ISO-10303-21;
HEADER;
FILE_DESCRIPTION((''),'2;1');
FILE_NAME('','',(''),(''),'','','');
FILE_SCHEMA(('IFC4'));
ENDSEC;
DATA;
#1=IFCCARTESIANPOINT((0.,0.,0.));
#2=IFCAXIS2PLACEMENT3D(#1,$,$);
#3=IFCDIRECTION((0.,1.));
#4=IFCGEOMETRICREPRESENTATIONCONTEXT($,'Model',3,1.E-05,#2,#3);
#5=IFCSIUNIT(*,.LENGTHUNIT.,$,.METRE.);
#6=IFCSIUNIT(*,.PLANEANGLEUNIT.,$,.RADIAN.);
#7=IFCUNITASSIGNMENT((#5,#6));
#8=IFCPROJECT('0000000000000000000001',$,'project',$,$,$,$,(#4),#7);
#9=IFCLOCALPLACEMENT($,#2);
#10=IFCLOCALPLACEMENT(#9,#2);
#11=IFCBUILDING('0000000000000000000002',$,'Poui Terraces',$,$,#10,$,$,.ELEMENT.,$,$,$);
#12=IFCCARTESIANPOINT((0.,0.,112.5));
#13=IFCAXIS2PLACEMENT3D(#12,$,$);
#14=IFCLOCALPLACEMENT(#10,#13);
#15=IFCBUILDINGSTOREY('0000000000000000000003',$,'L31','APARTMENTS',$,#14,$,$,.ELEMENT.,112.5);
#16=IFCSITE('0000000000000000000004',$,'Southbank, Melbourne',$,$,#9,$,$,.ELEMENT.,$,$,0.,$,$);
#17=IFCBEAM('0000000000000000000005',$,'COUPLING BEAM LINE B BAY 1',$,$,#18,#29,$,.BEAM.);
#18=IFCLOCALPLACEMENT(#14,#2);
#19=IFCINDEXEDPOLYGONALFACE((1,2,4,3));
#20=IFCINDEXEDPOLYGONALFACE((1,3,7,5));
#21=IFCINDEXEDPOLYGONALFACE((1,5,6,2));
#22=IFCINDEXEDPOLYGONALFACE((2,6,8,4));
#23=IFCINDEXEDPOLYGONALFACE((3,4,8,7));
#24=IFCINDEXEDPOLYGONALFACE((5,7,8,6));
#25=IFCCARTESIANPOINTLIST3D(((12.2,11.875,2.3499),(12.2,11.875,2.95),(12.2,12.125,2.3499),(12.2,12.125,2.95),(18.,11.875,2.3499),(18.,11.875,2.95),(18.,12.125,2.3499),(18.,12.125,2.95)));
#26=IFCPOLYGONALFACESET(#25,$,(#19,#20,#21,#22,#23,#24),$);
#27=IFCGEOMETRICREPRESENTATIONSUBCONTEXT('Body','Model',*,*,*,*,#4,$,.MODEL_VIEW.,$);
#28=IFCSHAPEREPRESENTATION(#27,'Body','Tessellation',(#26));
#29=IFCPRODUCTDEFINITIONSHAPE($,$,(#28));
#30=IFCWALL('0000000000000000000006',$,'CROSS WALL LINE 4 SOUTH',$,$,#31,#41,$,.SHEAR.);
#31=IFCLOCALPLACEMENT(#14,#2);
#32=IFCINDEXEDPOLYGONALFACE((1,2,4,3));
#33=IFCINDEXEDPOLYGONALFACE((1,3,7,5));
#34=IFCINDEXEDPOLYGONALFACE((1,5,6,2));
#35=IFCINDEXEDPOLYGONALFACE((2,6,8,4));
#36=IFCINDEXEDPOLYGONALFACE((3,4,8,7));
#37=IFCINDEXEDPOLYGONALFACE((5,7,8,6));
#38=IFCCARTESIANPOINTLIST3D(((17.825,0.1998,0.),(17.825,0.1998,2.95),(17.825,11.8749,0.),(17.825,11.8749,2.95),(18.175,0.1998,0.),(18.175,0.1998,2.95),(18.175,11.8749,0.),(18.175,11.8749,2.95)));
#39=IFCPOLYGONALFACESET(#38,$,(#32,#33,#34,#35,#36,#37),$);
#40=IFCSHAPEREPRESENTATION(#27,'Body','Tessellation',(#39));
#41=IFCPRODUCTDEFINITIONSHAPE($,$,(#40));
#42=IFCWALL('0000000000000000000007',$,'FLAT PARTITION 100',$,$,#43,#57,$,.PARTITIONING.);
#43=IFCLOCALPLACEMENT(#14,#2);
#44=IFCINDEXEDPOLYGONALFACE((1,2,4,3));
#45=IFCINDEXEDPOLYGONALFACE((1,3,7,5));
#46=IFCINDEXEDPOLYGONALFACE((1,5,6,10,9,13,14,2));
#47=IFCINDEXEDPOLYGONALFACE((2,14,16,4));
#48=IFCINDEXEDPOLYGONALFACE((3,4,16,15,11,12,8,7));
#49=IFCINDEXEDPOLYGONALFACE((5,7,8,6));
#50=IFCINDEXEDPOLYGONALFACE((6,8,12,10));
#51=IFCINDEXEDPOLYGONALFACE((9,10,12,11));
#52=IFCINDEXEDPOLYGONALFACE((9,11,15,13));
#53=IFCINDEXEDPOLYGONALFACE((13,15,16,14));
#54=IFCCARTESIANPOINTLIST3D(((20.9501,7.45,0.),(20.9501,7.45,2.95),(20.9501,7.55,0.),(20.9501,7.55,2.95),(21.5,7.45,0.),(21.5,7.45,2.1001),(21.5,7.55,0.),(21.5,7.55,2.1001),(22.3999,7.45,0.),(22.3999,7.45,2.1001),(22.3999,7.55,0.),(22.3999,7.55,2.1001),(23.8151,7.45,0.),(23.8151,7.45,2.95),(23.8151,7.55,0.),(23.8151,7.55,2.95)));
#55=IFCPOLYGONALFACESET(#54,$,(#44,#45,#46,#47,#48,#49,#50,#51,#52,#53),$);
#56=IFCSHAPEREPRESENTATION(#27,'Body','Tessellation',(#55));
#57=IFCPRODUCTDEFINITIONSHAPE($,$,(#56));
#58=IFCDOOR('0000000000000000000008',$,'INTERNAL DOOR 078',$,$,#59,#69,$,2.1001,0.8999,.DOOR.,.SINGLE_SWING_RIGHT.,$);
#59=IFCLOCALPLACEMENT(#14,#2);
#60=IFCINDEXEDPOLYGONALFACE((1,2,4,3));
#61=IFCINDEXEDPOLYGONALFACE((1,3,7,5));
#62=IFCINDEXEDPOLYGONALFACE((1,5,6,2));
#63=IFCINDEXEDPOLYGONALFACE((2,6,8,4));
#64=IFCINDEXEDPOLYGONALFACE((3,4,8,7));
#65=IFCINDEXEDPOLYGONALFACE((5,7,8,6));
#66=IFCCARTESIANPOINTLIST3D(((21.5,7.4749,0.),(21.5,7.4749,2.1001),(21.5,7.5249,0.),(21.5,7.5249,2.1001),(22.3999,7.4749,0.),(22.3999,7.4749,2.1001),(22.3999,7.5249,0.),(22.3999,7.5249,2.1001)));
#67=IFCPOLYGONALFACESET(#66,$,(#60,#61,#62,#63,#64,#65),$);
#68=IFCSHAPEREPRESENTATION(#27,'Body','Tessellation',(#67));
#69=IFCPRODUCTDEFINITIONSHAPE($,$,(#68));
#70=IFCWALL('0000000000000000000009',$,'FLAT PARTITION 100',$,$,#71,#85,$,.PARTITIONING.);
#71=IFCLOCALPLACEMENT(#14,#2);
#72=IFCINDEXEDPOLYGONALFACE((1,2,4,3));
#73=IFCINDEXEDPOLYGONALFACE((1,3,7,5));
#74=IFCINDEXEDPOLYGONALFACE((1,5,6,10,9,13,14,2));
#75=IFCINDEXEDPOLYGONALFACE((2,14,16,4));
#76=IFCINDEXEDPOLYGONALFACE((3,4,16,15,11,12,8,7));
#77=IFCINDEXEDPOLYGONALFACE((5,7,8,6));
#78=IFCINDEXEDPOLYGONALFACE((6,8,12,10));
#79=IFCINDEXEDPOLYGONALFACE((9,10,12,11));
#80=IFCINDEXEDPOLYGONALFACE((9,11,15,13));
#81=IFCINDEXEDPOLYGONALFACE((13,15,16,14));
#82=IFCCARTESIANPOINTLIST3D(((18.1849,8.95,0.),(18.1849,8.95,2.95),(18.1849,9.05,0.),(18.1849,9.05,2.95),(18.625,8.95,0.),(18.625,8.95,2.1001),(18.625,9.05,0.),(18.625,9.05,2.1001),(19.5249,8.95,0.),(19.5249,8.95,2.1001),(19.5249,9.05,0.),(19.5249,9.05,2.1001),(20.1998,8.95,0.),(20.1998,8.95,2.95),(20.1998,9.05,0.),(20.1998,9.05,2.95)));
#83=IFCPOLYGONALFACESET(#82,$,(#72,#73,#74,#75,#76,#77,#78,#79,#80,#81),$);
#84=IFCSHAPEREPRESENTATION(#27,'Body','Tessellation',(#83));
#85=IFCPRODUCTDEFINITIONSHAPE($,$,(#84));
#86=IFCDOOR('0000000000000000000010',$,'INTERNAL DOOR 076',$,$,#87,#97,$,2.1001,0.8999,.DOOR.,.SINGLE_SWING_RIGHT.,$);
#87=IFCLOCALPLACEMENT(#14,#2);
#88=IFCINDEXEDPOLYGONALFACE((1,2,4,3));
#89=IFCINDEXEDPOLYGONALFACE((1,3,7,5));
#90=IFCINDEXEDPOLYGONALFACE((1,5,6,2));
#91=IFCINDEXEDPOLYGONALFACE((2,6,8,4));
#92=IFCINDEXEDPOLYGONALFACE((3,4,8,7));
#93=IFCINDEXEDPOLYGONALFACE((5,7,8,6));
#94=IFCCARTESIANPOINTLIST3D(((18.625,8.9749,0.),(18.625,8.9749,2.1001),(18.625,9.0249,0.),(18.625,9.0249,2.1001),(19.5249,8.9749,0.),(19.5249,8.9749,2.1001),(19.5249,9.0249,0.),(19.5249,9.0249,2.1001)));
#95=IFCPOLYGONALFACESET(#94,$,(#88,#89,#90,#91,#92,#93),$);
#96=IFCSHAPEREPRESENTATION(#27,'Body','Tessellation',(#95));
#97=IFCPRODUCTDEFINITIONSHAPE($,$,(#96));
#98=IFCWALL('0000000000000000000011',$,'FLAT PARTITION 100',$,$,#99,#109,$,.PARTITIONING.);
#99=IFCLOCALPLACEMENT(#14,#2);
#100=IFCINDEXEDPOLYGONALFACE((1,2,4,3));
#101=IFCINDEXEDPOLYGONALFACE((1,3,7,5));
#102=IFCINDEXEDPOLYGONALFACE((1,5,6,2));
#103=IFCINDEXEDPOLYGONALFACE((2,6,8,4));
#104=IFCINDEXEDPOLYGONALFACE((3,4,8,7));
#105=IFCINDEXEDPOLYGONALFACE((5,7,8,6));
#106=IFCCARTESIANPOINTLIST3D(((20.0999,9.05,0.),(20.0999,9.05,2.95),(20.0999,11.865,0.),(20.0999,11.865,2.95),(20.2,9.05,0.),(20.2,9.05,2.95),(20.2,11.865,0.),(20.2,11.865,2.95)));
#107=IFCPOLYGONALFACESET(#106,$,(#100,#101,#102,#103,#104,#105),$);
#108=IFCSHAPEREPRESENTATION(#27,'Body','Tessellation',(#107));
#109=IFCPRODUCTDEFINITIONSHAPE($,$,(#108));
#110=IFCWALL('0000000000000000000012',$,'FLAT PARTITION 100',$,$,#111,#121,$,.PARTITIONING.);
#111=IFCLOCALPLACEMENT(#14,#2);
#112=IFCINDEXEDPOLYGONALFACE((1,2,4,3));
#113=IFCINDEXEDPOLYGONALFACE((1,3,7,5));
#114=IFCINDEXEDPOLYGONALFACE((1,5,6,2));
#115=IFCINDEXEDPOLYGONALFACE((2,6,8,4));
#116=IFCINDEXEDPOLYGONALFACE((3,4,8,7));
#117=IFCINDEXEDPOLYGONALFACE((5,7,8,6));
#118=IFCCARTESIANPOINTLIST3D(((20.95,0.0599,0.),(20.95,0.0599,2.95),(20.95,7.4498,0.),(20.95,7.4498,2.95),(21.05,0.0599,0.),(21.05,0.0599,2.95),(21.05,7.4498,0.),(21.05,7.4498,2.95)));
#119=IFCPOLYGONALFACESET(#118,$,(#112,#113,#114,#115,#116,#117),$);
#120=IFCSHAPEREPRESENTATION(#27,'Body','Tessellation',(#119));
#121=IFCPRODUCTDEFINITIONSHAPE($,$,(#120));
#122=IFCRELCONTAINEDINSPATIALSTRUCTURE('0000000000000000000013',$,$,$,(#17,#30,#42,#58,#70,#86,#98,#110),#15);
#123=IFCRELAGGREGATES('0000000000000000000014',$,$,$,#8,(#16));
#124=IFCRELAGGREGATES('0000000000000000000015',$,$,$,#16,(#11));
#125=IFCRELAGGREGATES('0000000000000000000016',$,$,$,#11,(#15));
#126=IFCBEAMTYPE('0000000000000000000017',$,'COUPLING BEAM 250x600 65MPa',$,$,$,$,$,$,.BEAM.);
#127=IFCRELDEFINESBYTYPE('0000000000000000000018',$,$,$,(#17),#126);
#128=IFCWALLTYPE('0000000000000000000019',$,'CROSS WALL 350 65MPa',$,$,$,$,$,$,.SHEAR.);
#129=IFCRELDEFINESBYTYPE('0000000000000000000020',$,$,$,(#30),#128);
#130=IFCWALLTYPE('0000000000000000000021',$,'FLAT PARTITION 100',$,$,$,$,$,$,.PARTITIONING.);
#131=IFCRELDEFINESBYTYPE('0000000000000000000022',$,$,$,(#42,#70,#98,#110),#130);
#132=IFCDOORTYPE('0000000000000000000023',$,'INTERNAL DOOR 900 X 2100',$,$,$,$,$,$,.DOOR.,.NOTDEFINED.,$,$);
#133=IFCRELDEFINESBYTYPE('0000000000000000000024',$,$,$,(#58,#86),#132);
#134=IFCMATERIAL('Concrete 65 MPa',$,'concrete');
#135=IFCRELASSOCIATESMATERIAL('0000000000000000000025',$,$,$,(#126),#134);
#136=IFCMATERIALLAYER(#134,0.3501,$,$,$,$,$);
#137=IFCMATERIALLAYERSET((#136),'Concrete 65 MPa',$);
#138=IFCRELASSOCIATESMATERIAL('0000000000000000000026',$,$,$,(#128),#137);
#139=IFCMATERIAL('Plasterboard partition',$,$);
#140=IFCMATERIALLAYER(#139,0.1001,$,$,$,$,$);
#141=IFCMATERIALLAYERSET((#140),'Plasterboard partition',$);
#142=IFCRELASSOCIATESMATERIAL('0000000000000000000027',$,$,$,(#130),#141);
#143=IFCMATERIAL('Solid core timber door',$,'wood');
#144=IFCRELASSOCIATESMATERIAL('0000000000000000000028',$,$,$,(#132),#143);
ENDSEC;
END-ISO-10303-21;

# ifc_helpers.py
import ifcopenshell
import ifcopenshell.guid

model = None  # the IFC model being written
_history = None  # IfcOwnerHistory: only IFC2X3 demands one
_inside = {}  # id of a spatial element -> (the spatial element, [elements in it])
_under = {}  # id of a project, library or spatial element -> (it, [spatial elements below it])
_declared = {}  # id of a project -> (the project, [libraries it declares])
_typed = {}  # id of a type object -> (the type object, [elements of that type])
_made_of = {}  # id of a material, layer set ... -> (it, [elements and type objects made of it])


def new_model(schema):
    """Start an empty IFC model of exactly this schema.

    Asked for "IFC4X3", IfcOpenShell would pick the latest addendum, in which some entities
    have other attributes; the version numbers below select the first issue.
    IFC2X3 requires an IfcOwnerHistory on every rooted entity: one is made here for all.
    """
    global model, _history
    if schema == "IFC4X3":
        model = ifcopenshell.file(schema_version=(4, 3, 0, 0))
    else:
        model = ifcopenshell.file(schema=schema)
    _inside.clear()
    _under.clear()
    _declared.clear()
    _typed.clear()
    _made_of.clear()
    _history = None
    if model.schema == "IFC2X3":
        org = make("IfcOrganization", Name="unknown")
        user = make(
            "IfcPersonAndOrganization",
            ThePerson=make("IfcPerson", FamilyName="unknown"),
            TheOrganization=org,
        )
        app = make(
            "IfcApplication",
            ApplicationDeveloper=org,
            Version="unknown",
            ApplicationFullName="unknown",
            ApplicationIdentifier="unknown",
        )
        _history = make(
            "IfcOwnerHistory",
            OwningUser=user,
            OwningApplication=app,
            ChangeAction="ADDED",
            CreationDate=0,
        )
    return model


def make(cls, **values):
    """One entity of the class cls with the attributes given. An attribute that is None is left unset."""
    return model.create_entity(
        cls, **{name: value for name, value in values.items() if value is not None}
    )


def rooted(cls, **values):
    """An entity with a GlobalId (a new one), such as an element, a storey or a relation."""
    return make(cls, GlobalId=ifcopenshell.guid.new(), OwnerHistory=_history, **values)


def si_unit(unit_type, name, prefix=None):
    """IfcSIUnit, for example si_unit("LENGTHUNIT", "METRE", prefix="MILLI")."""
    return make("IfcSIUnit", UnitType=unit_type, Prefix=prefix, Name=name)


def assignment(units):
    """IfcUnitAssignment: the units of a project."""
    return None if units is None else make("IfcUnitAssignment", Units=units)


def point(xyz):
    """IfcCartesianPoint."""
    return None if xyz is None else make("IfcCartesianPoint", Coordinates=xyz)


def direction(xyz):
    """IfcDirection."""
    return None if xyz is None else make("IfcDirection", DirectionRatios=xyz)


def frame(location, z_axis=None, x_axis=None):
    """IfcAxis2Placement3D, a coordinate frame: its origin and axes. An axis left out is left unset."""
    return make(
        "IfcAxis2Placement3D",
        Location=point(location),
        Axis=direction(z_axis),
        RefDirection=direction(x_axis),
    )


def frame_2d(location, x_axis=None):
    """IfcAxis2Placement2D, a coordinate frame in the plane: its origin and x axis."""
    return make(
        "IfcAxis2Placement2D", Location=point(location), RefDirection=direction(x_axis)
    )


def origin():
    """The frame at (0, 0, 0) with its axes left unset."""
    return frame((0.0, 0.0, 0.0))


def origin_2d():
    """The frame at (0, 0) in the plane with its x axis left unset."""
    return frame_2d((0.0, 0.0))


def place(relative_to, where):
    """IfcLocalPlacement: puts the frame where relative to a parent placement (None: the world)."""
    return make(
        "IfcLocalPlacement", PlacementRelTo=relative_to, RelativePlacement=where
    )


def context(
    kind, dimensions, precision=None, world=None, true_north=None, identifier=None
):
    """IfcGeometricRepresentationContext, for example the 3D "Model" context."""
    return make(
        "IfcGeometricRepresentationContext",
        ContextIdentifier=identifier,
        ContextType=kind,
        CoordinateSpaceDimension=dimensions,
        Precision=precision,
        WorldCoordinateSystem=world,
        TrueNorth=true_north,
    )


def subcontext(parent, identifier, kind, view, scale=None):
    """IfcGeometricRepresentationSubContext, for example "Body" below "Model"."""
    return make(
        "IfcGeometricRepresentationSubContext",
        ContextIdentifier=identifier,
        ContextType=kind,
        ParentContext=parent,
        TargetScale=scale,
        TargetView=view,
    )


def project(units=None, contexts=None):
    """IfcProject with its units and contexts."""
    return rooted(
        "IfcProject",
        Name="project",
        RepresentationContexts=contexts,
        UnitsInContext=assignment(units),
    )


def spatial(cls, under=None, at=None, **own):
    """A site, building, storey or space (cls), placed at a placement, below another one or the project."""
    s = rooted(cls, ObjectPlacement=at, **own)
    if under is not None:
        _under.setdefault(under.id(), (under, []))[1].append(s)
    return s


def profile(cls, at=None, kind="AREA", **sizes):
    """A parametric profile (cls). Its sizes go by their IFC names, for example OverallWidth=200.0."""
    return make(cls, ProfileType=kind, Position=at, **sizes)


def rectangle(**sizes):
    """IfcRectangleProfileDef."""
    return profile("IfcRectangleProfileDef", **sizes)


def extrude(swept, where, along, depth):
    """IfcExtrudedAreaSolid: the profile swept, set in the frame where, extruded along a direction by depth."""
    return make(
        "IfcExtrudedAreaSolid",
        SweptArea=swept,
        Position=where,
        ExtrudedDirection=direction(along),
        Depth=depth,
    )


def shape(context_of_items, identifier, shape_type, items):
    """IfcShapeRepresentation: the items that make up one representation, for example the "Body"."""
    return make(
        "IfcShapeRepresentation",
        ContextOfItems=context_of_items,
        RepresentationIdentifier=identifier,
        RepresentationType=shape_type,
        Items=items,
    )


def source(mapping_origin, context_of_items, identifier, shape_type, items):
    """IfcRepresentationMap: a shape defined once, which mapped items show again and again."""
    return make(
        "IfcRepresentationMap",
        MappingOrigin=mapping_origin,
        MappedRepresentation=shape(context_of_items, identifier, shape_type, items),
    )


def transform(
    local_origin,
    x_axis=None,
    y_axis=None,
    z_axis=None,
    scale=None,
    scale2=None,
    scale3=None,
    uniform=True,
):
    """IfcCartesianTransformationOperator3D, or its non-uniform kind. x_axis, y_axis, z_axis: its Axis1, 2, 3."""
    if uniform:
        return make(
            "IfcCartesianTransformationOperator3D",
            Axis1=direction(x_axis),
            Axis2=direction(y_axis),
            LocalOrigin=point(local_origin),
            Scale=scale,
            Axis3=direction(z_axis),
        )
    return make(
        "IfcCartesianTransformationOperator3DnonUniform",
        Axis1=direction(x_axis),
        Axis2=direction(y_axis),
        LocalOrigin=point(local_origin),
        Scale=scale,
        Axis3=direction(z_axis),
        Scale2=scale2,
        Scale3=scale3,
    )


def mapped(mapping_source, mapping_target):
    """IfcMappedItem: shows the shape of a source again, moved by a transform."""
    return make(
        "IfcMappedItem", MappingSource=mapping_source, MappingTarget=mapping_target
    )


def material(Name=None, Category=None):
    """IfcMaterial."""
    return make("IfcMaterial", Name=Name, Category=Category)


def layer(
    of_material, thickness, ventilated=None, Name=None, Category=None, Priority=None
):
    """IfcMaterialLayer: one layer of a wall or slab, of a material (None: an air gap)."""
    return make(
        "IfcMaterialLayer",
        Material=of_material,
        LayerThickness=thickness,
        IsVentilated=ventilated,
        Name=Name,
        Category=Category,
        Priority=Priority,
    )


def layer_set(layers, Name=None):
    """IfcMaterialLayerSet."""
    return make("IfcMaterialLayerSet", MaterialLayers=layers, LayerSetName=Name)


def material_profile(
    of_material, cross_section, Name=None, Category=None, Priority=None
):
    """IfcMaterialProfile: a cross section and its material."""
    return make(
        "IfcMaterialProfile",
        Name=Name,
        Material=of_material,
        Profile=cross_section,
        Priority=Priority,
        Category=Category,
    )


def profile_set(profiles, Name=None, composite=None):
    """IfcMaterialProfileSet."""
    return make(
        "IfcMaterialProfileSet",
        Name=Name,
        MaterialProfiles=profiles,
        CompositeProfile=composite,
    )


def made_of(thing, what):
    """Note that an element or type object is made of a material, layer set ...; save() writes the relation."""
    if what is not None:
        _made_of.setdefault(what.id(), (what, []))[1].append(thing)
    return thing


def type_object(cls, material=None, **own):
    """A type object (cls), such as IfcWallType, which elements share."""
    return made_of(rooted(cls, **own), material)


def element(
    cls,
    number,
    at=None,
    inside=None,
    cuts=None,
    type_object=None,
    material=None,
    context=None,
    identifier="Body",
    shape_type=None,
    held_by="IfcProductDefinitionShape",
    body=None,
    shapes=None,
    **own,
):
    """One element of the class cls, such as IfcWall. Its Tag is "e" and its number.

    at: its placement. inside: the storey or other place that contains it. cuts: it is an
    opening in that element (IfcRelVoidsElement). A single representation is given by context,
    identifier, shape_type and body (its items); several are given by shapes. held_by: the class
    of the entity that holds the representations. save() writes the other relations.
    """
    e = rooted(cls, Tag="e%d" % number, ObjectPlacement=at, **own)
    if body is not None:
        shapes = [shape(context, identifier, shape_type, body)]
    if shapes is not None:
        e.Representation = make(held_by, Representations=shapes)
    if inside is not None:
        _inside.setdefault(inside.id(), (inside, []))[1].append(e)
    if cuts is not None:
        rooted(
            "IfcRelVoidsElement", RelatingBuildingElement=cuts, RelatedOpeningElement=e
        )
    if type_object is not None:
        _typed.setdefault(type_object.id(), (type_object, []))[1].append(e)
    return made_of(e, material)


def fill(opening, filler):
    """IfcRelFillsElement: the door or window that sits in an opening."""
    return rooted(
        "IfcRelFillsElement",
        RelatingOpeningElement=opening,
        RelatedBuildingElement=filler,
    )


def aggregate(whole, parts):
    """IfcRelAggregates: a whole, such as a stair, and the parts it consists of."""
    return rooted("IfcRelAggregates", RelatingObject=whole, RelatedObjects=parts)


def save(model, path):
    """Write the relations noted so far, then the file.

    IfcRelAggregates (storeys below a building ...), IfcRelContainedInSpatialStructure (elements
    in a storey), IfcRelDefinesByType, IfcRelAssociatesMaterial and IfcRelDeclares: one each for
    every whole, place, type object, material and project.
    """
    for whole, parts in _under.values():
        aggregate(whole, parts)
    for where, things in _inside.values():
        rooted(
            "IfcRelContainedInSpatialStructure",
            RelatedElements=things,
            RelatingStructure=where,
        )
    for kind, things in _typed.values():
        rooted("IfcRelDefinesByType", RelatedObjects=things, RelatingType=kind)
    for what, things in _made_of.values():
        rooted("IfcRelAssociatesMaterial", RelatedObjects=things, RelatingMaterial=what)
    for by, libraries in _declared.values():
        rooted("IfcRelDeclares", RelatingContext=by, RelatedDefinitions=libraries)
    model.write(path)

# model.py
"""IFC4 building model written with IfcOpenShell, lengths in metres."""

from ifc_helpers import new_model, si_unit, direction, frame, frame_2d, origin, origin_2d, place, context, subcontext, project, spatial, rectangle, extrude, source, transform, mapped, material, layer, layer_set, material_profile, profile_set, type_object, element, fill, save


model = new_model("IFC4")

# Units and contexts
model_context = context("Model", 3, precision=1e-05, world=origin(), true_north=direction((0.0, 1.0)))
body_context = subcontext(model_context, "Body", "Model", "MODEL_VIEW")
ifc_project = project(units=[si_unit("LENGTHUNIT", "METRE"), si_unit("PLANEANGLEUNIT", "RADIAN")], contexts=[model_context])

# Site, building, storey
site_placement = place(None, origin())
site = spatial("IfcSite", under=ifc_project, at=site_placement, Name="Southbank, Melbourne", CompositionType="ELEMENT", RefElevation=0.0)
building_placement = place(site_placement, origin())
building = spatial("IfcBuilding", under=site, at=building_placement, Name="Poui Terraces", CompositionType="ELEMENT")
storey_placement = place(building_placement, frame((0.0, 0.0, 112.5)))
storey = spatial("IfcBuildingStorey", under=building, at=storey_placement, Name="L31", Description="APARTMENTS", CompositionType="ELEMENT", Elevation=112.5)

# Beam
ifc_material_1 = material(Name="Concrete 65 MPa", Category="concrete")
ifc_material_profile = material_profile(ifc_material_1, rectangle(XDim=0.25, YDim=0.6001, at=origin_2d()), Name="RC 250x600")
ifc_profile_set = profile_set([ifc_material_profile], Name="Concrete 65 MPa")
beam_type = type_object("IfcBeamType", Name="COUPLING BEAM 250x600 65MPa", PredefinedType="BEAM", material=ifc_profile_set)
shared_shape = source(origin(), body_context, "Body", "SweptSolid", [
    extrude(rectangle(XDim=0.25, YDim=0.6001, at=origin_2d()), origin(), (0.0, 0.0, 1.0), 5.8),
])
beam_placement = place(storey_placement, frame((12.2, 12.0, 2.6499), z_axis=(1.0, 0.0, 0.0), x_axis=(0.0, 1.0, 0.0)))
element("IfcBeam", 1, at=beam_placement, inside=storey, type_object=beam_type, Name="COUPLING BEAM LINE B BAY 1", PredefinedType="BEAM", context=body_context, shape_type="MappedRepresentation", body=[
    mapped(shared_shape, transform((0.0, 0.0, 0.0))),
])

# Wall
ifc_layer_1 = layer(ifc_material_1, 0.3501)
ifc_layer_set_1 = layer_set([ifc_layer_1], Name="Concrete 65 MPa")
wall_type_1 = type_object("IfcWallType", Name="CROSS WALL 350 65MPa", PredefinedType="SHEAR", material=ifc_layer_set_1)
wall_1_placement = place(storey_placement, frame((18.0, 0.2, 0.0), z_axis=(0.0, 0.0, 1.0), x_axis=(0.0, 1.0, 0.0)))
element("IfcWall", 2, at=wall_1_placement, inside=storey, type_object=wall_type_1, Name="CROSS WALL LINE 4 SOUTH", PredefinedType="SHEAR", context=body_context, shape_type="SweptSolid", body=[
    extrude(rectangle(XDim=11.675, YDim=0.3501, at=frame_2d((5.8374, 0.0))), origin(), (0.0, 0.0, 1.0), 2.95),
])

# Walls, openings, doors
ifc_material_2 = material(Name="Plasterboard partition")
ifc_layer_2 = layer(ifc_material_2, 0.1001)
ifc_layer_set_2 = layer_set([ifc_layer_2], Name="Plasterboard partition")
wall_type_2 = type_object("IfcWallType", Name="FLAT PARTITION 100", PredefinedType="PARTITIONING", material=ifc_layer_set_2)
wall_2_placement = place(storey_placement, frame((20.95, 7.5, 0.0), z_axis=(0.0, 0.0, 1.0), x_axis=(1.0, 0.0, 0.0)))
wall_2 = element("IfcWall", 3, at=wall_2_placement, inside=storey, type_object=wall_type_2, Name="FLAT PARTITION 100", PredefinedType="PARTITIONING", context=body_context, shape_type="SweptSolid", body=[
    extrude(rectangle(XDim=2.865, YDim=0.1001, at=frame_2d((1.4326, 0.0))), origin(), (0.0, 0.0, 1.0), 2.95),
])
opening_1_placement = place(wall_2_placement, frame((0.55, 0.0, 0.0)))
opening_1 = element("IfcOpeningElement", 4, at=opening_1_placement, cuts=wall_2, PredefinedType="OPENING", context=body_context, shape_type="SweptSolid", body=[
    extrude(rectangle(XDim=0.8999, YDim=2.1001, at=frame_2d((0.45, 1.05))), frame((0.0, 0.0601, 0.0), z_axis=(0.0, -1.0, 0.0), x_axis=(1.0, 0.0, 0.0)), (0.0, 0.0, 1.0), 0.1201),
])
ifc_material_3 = material(Name="Solid core timber door", Category="wood")
door_type = type_object("IfcDoorType", Name="INTERNAL DOOR 900 X 2100", OperationType="NOTDEFINED", PredefinedType="DOOR", material=ifc_material_3)
door_1_placement = place(opening_1_placement, origin())
door_1 = element("IfcDoor", 5, at=door_1_placement, inside=storey, type_object=door_type, Name="INTERNAL DOOR 078", OperationType="SINGLE_SWING_RIGHT", OverallHeight=2.1001, OverallWidth=0.8999, PredefinedType="DOOR", context=body_context, shape_type="SweptSolid", body=[
    extrude(rectangle(XDim=0.8999, YDim=2.1001, at=frame_2d((0.45, 1.05))), frame((0.0, 0.0249, 0.0), z_axis=(0.0, -1.0, 0.0), x_axis=(1.0, 0.0, 0.0)), (0.0, 0.0, 1.0), 0.05),
])
fill(opening_1, door_1)
wall_3_placement = place(storey_placement, frame((18.1851, 9.0, 0.0), z_axis=(0.0, 0.0, 1.0), x_axis=(1.0, 0.0, 0.0)))
wall_3 = element("IfcWall", 6, at=wall_3_placement, inside=storey, type_object=wall_type_2, Name="FLAT PARTITION 100", PredefinedType="PARTITIONING", context=body_context, shape_type="SweptSolid", body=[
    extrude(rectangle(XDim=2.0149, YDim=0.1001, at=frame_2d((1.0073, 0.0))), origin(), (0.0, 0.0, 1.0), 2.95),
])
opening_2_placement = place(wall_3_placement, frame((0.4399, 0.0, 0.0)))
opening_2 = element("IfcOpeningElement", 7, at=opening_2_placement, cuts=wall_3, PredefinedType="OPENING", context=body_context, shape_type="SweptSolid", body=[
    extrude(rectangle(XDim=0.8999, YDim=2.1001, at=frame_2d((0.45, 1.05))), frame((0.0, 0.0601, 0.0), z_axis=(0.0, -1.0, 0.0), x_axis=(1.0, 0.0, 0.0)), (0.0, 0.0, 1.0), 0.1201),
])
door_2_placement = place(opening_2_placement, origin())
door_2 = element("IfcDoor", 8, at=door_2_placement, inside=storey, type_object=door_type, Name="INTERNAL DOOR 076", OperationType="SINGLE_SWING_RIGHT", OverallHeight=2.1001, OverallWidth=0.8999, PredefinedType="DOOR", context=body_context, shape_type="SweptSolid", body=[
    extrude(rectangle(XDim=0.8999, YDim=2.1001, at=frame_2d((0.45, 1.05))), frame((0.0, 0.0249, 0.0), z_axis=(0.0, -1.0, 0.0), x_axis=(1.0, 0.0, 0.0)), (0.0, 0.0, 1.0), 0.05),
])
fill(opening_2, door_2)

# Walls
wall_4_placement = place(storey_placement, frame((20.1499, 9.05, 0.0), z_axis=(0.0, 0.0, 1.0), x_axis=(0.0, 1.0, 0.0)))
element("IfcWall", 9, at=wall_4_placement, inside=storey, type_object=wall_type_2, Name="FLAT PARTITION 100", PredefinedType="PARTITIONING", context=body_context, shape_type="SweptSolid", body=[
    extrude(rectangle(XDim=2.8149, YDim=0.1001, at=frame_2d((1.4075, 0.0))), origin(), (0.0, 0.0, 1.0), 2.95),
])
wall_5_placement = place(storey_placement, frame((21.0, 0.0601, 0.0), z_axis=(0.0, 0.0, 1.0), x_axis=(0.0, 1.0, 0.0)))
element("IfcWall", 10, at=wall_5_placement, inside=storey, type_object=wall_type_2, Name="FLAT PARTITION 100", PredefinedType="PARTITIONING", context=body_context, shape_type="SweptSolid", body=[
    extrude(rectangle(XDim=7.3899, YDim=0.1001, at=frame_2d((3.6948, 0.0))), origin(), (0.0, 0.0, 1.0), 2.95),
])

save(model, "model.ifc")
